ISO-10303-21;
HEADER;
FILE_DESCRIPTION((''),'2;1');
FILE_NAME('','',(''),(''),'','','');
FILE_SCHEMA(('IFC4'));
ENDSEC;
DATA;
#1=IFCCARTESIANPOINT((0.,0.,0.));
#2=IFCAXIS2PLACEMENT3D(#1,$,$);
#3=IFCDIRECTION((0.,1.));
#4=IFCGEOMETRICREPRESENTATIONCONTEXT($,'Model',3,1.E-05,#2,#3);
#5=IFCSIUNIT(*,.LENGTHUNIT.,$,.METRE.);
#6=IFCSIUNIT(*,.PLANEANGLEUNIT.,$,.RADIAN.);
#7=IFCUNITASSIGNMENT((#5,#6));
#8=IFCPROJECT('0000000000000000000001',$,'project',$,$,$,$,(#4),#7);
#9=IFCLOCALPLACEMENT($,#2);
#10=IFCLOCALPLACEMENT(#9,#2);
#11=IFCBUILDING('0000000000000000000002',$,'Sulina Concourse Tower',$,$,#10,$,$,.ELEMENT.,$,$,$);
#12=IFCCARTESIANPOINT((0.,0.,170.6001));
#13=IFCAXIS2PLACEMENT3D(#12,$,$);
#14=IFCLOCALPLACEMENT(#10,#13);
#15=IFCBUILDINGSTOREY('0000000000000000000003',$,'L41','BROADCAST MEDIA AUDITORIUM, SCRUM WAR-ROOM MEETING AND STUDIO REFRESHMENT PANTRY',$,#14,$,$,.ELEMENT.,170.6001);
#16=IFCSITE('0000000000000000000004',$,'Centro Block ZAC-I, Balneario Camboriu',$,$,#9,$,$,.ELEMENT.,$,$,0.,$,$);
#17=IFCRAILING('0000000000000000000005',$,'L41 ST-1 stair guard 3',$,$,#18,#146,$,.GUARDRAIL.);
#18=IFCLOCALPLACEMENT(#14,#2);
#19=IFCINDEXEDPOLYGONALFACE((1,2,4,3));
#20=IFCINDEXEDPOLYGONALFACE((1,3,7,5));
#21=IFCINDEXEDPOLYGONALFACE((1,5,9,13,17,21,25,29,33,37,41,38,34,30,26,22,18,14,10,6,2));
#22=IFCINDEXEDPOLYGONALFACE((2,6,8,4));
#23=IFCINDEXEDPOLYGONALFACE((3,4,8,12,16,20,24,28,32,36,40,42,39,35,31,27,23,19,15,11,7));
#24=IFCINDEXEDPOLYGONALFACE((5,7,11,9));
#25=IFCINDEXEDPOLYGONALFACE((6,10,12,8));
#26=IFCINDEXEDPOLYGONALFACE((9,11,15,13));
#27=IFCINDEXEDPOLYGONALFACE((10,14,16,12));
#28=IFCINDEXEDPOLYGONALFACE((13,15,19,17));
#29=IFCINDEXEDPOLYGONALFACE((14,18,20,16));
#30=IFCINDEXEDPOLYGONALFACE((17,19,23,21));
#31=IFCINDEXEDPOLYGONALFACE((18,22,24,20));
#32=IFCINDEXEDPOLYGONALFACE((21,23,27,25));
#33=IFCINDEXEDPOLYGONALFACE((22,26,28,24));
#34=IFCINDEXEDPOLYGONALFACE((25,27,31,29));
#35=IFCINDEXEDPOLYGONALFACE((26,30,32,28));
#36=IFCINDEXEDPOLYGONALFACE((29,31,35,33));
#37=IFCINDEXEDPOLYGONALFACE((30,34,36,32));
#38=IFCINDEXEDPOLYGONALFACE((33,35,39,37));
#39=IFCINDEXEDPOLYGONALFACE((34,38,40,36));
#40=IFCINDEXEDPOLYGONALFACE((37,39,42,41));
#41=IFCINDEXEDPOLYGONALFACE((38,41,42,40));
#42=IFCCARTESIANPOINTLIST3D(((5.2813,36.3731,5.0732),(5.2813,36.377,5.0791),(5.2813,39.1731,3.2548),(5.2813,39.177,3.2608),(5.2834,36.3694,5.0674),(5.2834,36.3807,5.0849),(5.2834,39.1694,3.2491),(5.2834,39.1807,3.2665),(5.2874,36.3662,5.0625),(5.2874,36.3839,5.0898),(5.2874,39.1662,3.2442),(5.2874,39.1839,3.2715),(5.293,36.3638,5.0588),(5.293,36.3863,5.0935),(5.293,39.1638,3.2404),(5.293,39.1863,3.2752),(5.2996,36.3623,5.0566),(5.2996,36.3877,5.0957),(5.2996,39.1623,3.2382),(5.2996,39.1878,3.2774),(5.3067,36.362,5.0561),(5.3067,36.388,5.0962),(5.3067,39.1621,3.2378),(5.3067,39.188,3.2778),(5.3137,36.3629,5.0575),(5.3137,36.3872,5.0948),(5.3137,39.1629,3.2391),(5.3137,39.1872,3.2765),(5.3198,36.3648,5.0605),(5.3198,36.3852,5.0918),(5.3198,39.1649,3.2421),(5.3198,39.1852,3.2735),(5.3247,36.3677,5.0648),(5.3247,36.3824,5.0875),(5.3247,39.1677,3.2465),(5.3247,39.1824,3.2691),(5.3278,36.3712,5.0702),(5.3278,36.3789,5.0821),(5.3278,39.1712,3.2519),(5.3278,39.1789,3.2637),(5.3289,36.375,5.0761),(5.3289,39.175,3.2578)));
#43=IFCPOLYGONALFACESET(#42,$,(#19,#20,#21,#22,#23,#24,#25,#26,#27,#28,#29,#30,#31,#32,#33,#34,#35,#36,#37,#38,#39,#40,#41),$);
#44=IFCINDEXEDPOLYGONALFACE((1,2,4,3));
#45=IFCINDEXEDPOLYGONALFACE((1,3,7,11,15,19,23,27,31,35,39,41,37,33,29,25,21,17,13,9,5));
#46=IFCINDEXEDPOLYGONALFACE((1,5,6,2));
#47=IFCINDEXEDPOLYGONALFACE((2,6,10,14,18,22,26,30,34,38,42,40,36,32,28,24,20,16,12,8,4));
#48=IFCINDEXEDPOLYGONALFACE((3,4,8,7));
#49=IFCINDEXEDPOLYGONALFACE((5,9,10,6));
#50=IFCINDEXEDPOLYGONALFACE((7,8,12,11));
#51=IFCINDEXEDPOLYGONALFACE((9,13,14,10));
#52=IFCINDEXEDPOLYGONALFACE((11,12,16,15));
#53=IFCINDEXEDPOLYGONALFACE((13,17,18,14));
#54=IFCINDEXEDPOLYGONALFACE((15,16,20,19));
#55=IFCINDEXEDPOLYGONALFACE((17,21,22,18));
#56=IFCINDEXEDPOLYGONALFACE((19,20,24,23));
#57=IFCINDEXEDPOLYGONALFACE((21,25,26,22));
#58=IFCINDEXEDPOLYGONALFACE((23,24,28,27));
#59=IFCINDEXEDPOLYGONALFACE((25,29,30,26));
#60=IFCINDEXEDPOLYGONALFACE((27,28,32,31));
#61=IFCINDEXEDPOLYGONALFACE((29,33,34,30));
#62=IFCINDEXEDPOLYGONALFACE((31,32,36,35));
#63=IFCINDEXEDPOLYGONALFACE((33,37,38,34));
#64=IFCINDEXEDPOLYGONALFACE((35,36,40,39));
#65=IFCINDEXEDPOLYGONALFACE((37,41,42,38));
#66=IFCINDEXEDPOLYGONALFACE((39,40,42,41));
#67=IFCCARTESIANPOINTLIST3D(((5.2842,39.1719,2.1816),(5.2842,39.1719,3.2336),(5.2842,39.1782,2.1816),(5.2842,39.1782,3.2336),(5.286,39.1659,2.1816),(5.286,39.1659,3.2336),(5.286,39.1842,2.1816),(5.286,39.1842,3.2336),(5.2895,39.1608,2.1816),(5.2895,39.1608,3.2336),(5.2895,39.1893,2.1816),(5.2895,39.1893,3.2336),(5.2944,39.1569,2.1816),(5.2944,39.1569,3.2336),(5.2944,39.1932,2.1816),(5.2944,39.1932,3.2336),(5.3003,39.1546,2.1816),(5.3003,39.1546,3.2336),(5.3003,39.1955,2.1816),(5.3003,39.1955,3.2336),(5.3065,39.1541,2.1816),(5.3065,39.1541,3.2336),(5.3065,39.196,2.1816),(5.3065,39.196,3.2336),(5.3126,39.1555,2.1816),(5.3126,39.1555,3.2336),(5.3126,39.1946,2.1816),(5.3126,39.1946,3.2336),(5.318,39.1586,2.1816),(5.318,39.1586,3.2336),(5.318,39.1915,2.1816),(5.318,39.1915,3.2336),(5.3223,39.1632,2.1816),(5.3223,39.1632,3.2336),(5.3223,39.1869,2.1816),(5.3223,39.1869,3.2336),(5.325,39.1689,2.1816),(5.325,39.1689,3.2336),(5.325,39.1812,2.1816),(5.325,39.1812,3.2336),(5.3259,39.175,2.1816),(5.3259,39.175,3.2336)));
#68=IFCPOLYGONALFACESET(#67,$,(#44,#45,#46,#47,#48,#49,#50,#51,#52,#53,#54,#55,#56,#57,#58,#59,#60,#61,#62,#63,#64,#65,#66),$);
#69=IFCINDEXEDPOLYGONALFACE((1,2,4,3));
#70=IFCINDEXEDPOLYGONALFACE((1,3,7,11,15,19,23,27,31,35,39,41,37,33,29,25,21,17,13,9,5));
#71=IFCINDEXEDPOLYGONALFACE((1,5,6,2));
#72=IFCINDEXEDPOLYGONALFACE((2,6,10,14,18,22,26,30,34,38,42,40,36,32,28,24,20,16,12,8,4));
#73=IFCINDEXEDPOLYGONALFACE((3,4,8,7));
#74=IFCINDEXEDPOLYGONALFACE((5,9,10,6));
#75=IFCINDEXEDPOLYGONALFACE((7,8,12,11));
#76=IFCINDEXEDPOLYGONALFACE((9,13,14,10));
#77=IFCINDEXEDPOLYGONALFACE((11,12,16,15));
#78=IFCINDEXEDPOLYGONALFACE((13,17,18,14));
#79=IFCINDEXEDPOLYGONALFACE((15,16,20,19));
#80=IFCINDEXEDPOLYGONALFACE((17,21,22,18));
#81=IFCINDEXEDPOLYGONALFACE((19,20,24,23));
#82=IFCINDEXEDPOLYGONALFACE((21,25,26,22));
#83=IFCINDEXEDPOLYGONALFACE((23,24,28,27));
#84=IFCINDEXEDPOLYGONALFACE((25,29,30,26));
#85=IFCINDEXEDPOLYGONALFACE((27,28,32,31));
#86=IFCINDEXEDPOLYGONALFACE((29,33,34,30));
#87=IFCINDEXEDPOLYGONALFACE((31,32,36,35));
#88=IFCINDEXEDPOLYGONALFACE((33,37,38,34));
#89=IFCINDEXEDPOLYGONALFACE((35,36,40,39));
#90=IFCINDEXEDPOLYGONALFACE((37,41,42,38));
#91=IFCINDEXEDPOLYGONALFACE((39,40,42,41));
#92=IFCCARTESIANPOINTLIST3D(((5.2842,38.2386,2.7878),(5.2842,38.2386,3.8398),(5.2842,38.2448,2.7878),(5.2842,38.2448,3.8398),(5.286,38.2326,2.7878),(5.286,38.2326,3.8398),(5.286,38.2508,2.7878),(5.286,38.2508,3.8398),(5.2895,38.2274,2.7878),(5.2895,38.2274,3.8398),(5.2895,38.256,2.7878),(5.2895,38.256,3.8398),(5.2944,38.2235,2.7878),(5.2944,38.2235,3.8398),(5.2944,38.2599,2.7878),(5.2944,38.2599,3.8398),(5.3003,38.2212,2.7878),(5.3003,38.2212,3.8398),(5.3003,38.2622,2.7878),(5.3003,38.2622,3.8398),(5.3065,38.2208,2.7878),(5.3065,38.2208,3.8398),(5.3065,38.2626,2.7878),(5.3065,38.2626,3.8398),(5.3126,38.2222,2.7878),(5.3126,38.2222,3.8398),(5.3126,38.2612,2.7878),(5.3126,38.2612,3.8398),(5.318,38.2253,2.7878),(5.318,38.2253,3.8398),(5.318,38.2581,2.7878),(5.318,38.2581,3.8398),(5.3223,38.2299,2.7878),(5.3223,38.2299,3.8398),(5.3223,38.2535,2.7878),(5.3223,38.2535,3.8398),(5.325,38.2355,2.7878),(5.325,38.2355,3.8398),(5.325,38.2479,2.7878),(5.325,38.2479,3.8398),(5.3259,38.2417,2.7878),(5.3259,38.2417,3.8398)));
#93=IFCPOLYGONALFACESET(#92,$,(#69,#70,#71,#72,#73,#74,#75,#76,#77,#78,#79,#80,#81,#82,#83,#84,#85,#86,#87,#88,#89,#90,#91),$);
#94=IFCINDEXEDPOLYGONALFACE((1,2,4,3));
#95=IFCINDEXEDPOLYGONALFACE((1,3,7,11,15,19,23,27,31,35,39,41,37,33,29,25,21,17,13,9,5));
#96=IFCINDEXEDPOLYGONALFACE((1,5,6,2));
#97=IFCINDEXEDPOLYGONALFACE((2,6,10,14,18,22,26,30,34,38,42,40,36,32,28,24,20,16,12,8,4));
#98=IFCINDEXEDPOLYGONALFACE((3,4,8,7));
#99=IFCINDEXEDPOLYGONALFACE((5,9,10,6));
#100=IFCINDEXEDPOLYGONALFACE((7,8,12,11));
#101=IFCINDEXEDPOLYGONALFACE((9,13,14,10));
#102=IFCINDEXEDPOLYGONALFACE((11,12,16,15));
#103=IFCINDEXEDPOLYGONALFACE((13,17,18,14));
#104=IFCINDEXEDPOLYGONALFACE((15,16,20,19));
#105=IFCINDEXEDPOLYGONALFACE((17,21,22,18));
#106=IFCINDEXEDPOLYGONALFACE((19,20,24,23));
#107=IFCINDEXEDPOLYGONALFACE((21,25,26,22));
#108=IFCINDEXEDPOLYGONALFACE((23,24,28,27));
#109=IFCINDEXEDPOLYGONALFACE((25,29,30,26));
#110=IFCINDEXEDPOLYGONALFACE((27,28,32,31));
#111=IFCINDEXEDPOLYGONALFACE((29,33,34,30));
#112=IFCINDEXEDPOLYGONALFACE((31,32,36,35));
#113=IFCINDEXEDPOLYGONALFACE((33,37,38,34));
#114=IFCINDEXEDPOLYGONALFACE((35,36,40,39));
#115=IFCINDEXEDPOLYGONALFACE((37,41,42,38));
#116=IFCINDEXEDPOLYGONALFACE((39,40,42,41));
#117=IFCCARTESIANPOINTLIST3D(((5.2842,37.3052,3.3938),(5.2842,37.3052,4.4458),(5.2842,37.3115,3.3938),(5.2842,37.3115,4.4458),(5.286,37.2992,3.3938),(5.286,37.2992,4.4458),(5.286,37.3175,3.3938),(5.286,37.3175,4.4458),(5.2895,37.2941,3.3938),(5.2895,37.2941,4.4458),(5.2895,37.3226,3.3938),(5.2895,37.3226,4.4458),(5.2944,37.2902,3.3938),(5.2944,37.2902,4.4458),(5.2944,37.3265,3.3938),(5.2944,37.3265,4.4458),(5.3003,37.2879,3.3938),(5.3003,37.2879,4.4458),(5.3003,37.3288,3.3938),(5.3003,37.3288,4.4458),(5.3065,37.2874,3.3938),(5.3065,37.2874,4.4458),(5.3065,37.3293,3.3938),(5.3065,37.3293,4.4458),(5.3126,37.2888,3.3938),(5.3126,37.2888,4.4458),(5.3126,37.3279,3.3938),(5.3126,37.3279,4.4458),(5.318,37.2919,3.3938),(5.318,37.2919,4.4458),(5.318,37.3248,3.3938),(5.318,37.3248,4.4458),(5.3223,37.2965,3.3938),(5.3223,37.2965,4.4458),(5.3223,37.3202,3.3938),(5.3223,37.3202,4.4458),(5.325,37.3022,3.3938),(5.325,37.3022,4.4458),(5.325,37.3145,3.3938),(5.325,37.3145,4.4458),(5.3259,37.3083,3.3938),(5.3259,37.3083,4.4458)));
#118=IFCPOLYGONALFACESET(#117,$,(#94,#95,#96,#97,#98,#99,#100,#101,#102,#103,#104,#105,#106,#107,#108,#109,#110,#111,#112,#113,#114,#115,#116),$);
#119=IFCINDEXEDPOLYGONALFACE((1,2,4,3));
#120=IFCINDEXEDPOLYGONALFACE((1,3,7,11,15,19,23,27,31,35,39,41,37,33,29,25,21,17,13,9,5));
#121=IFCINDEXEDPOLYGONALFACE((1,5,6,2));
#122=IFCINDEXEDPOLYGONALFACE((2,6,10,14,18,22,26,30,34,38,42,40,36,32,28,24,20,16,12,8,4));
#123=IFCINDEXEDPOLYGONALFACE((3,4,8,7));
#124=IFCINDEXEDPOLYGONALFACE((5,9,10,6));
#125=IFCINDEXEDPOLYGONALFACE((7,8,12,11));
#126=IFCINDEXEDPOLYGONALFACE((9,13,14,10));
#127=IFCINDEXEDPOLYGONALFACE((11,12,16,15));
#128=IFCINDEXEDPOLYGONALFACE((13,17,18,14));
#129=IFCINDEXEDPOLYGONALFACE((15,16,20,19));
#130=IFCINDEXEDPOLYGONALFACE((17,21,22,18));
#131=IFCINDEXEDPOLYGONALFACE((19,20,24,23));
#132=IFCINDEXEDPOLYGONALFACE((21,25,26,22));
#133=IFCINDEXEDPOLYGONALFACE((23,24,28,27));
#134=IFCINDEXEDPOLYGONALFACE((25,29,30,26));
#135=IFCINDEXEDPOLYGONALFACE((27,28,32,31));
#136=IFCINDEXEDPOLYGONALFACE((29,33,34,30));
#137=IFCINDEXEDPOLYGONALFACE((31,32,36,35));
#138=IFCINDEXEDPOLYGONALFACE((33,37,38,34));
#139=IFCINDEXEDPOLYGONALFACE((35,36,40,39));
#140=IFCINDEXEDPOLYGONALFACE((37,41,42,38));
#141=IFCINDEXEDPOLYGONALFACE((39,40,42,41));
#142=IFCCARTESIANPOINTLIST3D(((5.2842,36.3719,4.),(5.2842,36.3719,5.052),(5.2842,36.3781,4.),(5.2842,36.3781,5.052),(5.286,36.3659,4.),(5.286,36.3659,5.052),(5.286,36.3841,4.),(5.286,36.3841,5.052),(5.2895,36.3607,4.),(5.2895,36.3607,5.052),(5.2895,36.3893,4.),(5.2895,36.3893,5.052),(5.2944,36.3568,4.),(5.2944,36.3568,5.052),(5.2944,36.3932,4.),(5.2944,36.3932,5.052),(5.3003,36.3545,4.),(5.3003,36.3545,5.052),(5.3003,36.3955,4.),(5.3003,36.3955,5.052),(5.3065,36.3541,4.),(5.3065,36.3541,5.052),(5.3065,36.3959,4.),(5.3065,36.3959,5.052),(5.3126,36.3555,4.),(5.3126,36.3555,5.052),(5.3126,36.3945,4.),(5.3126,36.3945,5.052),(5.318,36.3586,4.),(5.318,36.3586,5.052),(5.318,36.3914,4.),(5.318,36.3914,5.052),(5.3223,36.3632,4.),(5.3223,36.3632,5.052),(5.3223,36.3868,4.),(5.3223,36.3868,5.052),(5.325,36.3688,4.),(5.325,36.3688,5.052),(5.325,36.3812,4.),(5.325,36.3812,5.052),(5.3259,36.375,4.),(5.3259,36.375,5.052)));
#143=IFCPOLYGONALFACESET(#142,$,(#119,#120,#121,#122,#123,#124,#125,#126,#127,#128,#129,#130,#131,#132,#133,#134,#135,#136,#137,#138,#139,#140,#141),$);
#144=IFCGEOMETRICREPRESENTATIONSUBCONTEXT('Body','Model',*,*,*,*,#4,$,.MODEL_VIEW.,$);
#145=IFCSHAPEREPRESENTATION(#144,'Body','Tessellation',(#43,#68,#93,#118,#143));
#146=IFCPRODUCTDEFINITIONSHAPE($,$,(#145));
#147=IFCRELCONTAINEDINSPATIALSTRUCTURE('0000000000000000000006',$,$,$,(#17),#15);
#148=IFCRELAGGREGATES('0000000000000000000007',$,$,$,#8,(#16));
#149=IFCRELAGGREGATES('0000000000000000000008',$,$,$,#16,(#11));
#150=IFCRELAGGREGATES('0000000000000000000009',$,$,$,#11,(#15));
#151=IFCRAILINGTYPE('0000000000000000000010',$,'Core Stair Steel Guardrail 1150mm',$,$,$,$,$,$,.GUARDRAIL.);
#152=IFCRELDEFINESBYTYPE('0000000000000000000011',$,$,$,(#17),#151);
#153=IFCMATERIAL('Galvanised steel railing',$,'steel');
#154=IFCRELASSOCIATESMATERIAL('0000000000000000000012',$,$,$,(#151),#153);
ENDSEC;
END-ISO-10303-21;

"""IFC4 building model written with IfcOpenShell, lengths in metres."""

from ifc_helpers import new_model, si_unit, direction, frame, origin, origin_2d, place, context, subcontext, project, spatial, circle, extrude, material, type_object, element, save


model = new_model("IFC4")

# Units and contexts
model_context = context("Model", 3, precision=1e-05, world=origin(), true_north=direction((0.0, 1.0)))
body_context = subcontext(model_context, "Body", "Model", "MODEL_VIEW")
ifc_project = project(units=[si_unit("LENGTHUNIT", "METRE"), si_unit("PLANEANGLEUNIT", "RADIAN")], contexts=[model_context])

# Site, building, storey
site_placement = place(None, origin())
site = spatial("IfcSite", under=ifc_project, at=site_placement, Name="Centro Block ZAC-I, Balneario Camboriu", CompositionType="ELEMENT", RefElevation=0.0)
building_placement = place(site_placement, origin())
building = spatial("IfcBuilding", under=site, at=building_placement, Name="Sulina Concourse Tower", CompositionType="ELEMENT")
storey_placement = place(building_placement, frame((0.0, 0.0, 170.6001)))
storey = spatial("IfcBuildingStorey", under=building, at=storey_placement, Name="L41", Description="BROADCAST MEDIA AUDITORIUM, SCRUM WAR-ROOM MEETING AND STUDIO REFRESHMENT PANTRY", CompositionType="ELEMENT", Elevation=170.6001)

# Railing
ifc_material_1 = material(Name="Galvanised steel railing", Category="steel")
railing_type_1 = type_object("IfcRailingType", Name="Core Stair Steel Guardrail 1150mm", PredefinedType="GUARDRAIL", material=ifc_material_1)
railing_1_placement = place(storey_placement, frame((5.3049, 39.175, 2.1816)))
element("IfcRailing", 1, at=railing_1_placement, inside=storey, type_object=railing_type_1, Name="L41 ST-1 stair guard 3", PredefinedType="GUARDRAIL", context=body_context, shape_type="SweptSolid", body=[
    extrude(circle(Radius=0.0239, at=origin_2d()), frame((0.0, 0.0, 1.0762), z_axis=(0.0, -0.838672, 0.544636), x_axis=(1.0, 0.0, 0.0)), (0.0, 0.0, 1.0), 3.3386),
    extrude(circle(Radius=0.021, at=origin_2d()), origin(), (0.0, 0.0, 1.0), 1.052),
    extrude(circle(Radius=0.021, at=origin_2d()), frame((0.0, -0.9333, 0.6062)), (0.0, 0.0, 1.0), 1.052),
    extrude(circle(Radius=0.021, at=origin_2d()), frame((0.0, -1.8667, 1.2122)), (0.0, 0.0, 1.0), 1.052),
    extrude(circle(Radius=0.021, at=origin_2d()), frame((0.0, -2.8, 1.8184)), (0.0, 0.0, 1.0), 1.052),
])

save(model, "model.ifc")
